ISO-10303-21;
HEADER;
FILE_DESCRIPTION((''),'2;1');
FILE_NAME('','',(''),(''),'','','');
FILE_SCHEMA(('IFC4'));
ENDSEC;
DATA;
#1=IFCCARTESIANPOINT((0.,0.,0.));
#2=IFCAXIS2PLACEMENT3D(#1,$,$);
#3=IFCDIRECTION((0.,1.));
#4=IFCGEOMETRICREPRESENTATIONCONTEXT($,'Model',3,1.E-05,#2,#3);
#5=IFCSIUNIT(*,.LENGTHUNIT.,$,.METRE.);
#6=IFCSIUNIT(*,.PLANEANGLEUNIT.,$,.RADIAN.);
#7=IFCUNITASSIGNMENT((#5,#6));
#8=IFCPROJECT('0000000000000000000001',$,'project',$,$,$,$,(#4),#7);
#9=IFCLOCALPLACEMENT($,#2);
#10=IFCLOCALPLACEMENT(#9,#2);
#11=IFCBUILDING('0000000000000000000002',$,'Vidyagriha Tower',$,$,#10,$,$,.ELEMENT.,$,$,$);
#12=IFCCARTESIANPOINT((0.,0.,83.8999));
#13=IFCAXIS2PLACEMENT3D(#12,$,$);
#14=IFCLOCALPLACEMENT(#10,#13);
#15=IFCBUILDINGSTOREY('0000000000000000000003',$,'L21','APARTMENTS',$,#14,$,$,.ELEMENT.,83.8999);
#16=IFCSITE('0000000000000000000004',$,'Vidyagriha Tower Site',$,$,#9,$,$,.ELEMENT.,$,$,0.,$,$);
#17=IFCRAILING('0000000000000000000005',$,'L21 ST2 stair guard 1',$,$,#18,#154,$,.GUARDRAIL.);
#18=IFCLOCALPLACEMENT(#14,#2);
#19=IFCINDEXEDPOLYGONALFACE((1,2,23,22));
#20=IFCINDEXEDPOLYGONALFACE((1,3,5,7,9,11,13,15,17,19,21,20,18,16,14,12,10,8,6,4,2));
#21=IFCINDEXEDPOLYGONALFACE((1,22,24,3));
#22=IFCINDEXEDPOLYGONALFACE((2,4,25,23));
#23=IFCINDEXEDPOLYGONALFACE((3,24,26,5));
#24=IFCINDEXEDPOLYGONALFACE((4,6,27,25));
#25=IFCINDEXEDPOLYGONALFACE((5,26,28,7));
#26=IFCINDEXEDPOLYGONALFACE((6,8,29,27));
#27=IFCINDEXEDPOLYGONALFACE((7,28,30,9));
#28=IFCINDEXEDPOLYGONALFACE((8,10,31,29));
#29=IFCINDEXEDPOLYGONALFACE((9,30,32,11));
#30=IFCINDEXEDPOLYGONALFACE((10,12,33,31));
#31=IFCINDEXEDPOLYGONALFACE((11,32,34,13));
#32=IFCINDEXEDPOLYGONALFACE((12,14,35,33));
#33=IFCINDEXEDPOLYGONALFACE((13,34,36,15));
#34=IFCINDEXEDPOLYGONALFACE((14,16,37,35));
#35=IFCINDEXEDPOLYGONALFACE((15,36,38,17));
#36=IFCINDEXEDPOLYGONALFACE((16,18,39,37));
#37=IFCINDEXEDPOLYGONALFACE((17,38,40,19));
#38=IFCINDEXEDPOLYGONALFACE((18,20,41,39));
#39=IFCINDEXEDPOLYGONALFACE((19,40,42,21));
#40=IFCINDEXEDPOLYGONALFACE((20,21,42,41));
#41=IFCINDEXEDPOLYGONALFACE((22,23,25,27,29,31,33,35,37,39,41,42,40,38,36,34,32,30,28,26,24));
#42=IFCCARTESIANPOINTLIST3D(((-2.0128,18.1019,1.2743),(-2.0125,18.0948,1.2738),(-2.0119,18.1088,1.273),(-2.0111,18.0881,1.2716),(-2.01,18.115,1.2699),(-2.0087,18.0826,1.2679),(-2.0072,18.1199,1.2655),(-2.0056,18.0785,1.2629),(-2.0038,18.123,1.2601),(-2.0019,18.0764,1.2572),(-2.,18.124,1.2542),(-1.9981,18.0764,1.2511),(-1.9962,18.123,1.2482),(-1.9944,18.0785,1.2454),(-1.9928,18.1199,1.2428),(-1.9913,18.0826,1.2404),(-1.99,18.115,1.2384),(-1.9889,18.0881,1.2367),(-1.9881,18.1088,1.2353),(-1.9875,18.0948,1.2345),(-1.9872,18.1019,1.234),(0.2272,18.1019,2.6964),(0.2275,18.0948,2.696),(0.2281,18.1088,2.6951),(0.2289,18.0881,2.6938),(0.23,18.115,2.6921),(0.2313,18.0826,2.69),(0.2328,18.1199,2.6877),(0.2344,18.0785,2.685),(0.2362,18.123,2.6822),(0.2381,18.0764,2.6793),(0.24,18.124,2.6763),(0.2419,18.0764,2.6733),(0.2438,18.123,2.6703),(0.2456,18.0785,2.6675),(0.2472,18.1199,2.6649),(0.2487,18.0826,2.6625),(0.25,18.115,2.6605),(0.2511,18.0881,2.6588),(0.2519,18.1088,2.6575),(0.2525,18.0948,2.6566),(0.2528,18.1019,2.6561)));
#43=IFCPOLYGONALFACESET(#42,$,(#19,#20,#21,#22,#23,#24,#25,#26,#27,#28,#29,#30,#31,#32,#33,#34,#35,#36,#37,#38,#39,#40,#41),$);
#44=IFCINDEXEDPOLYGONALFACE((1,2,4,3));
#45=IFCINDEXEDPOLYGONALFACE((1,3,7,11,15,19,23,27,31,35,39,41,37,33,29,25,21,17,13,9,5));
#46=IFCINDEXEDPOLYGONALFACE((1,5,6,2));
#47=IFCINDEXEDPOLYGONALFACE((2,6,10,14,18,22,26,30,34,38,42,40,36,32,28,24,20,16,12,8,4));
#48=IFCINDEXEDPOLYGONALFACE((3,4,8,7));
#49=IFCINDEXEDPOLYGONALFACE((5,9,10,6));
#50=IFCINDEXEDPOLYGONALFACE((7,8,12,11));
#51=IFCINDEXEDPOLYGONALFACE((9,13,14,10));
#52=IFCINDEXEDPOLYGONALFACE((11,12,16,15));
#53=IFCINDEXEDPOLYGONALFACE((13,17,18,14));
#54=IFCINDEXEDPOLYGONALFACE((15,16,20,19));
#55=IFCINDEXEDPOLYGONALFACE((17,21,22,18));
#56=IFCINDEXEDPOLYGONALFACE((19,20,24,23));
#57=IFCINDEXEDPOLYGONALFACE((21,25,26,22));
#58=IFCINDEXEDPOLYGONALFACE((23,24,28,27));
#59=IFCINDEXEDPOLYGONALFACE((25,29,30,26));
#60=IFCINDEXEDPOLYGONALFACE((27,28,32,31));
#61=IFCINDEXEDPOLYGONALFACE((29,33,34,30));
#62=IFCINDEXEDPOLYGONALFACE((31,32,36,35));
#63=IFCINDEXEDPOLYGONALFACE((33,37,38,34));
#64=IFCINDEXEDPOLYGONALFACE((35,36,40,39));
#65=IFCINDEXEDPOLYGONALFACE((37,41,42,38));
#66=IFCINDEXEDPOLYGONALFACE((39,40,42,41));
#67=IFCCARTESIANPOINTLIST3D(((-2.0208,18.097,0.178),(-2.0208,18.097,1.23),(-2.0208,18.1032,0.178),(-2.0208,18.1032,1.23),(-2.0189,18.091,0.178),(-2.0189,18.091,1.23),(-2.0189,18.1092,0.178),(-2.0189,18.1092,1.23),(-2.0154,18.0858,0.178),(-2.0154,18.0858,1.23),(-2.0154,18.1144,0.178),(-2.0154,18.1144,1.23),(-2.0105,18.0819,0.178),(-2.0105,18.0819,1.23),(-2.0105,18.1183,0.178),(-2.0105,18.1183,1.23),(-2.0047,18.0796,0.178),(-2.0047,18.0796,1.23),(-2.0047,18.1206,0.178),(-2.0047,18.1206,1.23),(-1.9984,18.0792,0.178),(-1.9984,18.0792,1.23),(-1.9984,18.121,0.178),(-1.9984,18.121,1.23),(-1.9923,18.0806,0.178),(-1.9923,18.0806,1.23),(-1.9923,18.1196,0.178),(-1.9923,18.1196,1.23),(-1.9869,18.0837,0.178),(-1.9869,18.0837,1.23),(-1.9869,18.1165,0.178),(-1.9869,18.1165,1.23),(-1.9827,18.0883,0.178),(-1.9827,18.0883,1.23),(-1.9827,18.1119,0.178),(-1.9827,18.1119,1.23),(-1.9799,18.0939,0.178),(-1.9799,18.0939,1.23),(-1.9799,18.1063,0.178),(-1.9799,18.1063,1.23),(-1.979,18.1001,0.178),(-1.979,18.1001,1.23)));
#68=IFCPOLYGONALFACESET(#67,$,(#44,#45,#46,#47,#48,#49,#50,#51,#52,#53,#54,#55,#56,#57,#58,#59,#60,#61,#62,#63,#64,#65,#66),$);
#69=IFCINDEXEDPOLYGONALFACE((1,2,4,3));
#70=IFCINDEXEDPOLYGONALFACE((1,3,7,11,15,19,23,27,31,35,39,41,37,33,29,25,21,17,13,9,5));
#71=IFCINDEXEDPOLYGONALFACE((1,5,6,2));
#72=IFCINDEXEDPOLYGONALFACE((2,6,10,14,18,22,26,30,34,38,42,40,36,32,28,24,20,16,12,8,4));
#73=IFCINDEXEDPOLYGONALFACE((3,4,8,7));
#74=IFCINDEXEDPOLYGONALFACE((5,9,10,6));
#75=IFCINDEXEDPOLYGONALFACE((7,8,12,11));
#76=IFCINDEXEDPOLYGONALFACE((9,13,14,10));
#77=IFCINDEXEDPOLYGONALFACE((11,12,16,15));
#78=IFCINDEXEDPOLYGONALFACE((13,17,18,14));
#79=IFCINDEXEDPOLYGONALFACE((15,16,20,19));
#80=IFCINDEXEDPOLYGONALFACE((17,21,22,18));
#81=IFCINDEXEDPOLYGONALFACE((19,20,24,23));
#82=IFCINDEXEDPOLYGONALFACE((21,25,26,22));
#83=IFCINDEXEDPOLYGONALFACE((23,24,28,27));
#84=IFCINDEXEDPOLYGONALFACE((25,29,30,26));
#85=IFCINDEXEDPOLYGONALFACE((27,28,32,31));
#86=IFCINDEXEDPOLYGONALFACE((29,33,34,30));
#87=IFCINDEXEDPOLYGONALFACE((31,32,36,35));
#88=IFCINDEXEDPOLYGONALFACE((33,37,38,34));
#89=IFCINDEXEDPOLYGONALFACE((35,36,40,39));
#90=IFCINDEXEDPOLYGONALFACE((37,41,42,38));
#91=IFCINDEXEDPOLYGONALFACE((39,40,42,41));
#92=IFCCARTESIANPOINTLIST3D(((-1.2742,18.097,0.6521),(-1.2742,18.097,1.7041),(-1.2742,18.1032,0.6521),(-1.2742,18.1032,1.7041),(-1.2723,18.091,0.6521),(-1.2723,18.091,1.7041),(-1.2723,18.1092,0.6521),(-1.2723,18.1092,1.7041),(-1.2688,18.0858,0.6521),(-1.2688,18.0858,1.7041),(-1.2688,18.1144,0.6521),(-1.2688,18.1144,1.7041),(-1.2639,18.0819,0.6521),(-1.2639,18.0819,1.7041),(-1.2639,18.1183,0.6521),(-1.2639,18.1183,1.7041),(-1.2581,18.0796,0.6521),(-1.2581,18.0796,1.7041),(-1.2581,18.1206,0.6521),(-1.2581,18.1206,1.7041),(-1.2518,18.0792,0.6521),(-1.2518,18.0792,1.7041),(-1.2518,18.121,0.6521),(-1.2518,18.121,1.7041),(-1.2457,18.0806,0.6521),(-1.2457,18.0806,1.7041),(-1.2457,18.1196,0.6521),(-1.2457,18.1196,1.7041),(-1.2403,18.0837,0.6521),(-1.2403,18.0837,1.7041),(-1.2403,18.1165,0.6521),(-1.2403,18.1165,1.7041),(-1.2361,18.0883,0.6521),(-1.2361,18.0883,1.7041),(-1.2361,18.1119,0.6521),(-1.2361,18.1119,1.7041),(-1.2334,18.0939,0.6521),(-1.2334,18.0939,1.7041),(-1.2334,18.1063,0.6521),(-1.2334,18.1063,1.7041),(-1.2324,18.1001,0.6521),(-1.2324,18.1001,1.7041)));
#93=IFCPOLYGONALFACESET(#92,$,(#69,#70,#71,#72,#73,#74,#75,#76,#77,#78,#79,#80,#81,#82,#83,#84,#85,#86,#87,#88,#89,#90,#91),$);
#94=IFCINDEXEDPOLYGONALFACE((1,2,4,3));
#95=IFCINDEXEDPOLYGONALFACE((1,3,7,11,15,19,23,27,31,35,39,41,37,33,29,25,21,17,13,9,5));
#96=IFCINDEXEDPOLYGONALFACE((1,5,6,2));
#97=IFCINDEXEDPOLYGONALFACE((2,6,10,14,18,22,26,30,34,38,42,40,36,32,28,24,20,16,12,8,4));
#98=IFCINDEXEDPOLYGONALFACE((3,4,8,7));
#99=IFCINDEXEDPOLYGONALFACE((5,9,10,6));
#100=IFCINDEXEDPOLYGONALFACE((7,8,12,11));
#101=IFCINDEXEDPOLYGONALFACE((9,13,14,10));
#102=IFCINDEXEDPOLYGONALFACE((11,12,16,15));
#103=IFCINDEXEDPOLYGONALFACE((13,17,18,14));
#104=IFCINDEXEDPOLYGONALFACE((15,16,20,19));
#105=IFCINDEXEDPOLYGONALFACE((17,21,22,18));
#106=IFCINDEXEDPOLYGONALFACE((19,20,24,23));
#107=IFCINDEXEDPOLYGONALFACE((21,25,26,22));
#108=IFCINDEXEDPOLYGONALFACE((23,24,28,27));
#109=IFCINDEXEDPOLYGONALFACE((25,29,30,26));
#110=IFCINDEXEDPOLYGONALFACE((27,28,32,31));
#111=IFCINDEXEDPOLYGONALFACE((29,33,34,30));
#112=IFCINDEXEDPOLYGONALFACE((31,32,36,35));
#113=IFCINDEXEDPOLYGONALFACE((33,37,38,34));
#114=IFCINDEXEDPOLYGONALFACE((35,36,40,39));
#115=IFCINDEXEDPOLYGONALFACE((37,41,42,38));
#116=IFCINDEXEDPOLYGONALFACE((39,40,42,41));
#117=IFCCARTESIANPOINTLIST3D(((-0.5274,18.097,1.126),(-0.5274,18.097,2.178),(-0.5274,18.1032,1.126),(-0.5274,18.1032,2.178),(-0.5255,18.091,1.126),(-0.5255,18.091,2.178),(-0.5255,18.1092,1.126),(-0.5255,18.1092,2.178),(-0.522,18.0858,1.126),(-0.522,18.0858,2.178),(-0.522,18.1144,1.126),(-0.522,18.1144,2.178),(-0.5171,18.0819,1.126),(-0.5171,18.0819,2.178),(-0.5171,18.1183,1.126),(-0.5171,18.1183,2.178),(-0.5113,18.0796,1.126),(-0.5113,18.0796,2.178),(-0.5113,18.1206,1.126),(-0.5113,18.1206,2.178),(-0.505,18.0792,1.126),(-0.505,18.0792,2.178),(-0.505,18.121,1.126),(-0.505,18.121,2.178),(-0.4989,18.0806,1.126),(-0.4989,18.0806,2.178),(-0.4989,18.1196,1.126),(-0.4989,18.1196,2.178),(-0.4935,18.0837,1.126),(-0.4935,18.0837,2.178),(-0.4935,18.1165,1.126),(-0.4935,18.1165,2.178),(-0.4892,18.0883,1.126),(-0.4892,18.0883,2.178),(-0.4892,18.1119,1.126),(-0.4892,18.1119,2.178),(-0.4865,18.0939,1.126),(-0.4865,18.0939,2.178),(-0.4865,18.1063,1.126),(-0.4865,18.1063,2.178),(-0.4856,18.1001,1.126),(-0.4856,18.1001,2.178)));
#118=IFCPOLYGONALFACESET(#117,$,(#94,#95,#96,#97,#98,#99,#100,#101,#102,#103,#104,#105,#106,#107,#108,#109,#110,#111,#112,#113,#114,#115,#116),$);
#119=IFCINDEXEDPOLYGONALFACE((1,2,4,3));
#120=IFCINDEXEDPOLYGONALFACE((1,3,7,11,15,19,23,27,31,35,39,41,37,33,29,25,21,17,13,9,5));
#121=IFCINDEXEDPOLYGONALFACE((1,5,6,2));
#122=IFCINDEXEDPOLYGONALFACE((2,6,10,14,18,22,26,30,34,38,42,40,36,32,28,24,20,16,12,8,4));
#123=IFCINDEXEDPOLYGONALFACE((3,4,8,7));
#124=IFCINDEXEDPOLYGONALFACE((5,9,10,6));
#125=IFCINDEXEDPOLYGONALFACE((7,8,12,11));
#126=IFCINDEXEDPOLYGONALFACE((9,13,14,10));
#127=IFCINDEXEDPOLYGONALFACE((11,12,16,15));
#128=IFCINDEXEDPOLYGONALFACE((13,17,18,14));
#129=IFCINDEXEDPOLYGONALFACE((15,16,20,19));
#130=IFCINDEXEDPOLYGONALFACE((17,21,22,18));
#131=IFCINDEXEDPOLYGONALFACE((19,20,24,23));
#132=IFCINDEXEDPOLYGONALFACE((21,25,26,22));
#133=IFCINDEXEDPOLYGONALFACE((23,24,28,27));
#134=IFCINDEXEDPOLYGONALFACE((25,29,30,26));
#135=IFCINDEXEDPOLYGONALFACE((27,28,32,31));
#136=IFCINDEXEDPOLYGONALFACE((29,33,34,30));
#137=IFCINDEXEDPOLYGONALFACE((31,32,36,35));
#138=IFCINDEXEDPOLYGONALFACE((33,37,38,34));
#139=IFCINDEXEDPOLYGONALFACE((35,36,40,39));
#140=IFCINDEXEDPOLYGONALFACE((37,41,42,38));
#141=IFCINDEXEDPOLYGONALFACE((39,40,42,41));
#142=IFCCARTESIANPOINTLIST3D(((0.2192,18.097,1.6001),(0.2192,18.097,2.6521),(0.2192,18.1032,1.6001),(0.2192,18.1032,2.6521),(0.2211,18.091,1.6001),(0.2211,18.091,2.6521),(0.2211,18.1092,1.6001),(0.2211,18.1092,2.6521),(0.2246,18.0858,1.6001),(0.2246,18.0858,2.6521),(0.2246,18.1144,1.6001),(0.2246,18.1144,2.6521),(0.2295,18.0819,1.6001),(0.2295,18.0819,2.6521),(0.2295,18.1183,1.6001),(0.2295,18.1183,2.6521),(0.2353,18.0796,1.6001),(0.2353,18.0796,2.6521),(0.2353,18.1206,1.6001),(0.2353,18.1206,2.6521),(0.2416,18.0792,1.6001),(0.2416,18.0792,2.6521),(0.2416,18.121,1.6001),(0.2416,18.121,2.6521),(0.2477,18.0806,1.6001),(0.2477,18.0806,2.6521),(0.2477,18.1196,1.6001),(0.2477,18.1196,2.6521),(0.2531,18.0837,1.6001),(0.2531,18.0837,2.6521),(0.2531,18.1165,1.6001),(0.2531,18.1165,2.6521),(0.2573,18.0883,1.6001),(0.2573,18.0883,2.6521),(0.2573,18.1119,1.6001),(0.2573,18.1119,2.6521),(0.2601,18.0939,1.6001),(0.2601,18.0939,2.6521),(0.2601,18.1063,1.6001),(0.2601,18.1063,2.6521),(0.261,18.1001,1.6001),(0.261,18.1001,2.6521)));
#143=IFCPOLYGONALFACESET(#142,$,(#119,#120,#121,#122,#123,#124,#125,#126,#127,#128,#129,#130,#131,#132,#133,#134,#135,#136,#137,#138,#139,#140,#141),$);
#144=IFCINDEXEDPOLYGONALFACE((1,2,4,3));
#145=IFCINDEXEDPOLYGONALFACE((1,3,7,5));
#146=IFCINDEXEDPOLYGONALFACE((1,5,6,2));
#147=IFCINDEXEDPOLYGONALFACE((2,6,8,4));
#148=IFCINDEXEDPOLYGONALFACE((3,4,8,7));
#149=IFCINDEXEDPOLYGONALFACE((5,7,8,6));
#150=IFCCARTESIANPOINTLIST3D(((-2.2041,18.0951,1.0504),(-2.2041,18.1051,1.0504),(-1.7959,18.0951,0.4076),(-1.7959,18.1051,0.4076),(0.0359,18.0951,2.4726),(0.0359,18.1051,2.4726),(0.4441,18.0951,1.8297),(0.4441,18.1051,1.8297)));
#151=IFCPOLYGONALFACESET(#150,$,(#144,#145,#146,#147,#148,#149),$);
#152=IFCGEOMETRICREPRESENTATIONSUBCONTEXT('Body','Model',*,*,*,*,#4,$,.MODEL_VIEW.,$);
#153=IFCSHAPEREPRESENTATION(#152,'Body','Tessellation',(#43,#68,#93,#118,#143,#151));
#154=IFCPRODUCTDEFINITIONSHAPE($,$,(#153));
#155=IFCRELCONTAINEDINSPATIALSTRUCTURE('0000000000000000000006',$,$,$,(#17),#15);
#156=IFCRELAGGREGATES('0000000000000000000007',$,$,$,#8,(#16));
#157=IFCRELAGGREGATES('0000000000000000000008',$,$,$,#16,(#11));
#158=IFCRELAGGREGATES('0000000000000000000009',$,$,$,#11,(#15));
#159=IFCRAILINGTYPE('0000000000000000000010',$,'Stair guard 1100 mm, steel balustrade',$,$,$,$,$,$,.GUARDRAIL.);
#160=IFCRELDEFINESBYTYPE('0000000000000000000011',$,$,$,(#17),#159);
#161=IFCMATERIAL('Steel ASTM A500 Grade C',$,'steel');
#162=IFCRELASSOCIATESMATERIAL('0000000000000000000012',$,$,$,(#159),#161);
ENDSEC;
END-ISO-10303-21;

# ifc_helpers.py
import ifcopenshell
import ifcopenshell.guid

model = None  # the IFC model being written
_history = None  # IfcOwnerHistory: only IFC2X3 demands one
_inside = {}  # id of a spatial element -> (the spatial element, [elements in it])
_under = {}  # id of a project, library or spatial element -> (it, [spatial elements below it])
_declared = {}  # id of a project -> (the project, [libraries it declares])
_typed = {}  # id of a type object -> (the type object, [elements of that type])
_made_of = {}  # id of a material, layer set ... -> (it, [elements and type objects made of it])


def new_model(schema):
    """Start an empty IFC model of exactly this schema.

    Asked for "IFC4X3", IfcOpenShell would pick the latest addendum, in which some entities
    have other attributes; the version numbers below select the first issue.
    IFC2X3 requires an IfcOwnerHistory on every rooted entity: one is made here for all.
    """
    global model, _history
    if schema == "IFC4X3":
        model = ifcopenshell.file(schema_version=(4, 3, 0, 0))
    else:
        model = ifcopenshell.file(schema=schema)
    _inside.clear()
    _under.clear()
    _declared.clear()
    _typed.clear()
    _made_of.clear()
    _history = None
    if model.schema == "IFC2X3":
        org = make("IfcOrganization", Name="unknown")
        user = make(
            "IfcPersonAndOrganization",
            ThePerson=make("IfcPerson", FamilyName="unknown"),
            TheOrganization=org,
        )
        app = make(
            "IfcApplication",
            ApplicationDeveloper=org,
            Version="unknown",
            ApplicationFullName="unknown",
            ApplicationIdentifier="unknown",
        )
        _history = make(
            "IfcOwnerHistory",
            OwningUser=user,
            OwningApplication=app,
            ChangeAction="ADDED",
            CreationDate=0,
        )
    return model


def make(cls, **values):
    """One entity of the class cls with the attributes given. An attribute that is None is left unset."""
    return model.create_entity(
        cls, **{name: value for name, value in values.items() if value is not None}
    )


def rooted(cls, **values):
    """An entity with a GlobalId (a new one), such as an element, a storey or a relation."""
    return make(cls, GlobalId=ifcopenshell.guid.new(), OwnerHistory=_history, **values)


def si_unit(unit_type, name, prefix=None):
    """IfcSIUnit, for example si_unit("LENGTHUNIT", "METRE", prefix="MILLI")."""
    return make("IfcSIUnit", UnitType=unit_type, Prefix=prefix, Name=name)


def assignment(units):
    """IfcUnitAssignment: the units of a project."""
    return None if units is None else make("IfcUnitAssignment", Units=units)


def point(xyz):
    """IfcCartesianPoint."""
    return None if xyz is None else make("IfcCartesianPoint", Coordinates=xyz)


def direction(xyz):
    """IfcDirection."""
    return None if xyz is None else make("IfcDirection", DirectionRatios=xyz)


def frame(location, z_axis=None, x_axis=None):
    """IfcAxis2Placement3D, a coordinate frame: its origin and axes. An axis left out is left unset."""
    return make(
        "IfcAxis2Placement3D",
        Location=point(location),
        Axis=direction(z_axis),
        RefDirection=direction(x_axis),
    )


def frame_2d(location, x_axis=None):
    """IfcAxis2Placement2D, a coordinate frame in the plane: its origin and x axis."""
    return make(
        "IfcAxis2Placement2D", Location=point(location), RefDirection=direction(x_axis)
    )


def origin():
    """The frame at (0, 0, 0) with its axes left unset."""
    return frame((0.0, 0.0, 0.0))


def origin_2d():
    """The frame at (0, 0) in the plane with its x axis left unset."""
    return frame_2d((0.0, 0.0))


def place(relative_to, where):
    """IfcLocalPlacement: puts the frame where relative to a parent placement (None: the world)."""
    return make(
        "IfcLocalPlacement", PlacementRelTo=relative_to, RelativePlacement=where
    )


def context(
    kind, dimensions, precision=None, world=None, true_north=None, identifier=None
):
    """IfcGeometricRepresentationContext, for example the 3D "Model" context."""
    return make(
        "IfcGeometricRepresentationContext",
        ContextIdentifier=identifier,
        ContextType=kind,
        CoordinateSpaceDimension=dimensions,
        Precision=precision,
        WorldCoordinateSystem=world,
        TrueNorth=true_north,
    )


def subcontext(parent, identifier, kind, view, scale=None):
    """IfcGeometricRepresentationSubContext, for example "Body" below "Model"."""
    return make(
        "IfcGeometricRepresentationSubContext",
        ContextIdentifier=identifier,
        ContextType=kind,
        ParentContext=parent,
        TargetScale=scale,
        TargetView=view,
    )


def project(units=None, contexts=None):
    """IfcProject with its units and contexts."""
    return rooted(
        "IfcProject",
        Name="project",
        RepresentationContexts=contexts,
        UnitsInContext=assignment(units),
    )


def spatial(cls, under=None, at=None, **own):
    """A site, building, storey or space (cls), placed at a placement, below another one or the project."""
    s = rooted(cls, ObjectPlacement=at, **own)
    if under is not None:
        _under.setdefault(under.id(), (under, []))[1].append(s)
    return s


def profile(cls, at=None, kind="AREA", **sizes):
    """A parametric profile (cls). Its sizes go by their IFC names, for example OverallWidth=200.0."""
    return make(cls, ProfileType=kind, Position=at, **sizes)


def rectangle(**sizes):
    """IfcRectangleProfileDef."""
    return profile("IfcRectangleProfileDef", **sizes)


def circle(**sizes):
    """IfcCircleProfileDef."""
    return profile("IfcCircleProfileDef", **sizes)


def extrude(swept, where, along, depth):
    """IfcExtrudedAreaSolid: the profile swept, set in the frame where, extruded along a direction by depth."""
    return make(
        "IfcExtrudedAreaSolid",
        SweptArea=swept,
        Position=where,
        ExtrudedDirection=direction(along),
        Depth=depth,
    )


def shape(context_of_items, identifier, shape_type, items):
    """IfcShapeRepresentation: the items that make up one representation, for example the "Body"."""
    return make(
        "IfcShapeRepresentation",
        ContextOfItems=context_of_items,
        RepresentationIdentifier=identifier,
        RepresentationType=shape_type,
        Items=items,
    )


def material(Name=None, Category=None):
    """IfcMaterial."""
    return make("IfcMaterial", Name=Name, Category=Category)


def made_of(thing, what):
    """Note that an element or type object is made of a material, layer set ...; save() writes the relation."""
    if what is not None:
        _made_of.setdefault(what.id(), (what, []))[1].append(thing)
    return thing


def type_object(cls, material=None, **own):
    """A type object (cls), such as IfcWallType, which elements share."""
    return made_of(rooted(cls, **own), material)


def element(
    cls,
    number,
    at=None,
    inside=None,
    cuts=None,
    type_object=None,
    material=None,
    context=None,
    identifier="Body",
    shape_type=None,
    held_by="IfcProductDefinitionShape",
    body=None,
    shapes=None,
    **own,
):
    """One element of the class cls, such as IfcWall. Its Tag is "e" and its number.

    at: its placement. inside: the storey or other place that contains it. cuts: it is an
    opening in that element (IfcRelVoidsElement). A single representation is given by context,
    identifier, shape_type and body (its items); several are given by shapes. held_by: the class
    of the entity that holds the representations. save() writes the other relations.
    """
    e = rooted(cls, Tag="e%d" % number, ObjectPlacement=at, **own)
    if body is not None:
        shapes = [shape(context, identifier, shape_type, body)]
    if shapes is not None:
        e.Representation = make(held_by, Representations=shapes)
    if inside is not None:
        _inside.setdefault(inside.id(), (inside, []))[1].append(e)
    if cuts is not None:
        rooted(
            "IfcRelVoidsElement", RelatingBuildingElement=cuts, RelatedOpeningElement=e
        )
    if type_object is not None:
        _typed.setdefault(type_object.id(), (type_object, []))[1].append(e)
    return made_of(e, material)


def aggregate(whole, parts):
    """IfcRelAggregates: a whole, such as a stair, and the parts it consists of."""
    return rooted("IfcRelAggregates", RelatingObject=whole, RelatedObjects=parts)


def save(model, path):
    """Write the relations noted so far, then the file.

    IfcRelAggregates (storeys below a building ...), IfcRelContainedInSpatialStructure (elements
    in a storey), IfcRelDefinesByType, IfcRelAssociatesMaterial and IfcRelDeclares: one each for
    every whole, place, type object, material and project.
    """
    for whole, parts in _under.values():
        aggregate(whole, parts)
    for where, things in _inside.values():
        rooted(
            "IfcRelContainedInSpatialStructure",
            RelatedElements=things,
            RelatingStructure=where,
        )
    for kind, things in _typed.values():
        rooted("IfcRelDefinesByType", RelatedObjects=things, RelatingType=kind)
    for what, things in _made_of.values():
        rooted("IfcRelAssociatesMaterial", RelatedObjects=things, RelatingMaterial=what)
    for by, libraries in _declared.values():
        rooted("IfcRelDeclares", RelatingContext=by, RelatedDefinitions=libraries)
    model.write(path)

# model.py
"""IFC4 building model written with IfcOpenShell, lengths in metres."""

from ifc_helpers import new_model, si_unit, direction, frame, origin, origin_2d, place, context, subcontext, project, spatial, rectangle, circle, extrude, material, type_object, element, save


model = new_model("IFC4")

# Units and contexts
model_context = context("Model", 3, precision=1e-05, world=origin(), true_north=direction((0.0, 1.0)))
body_context = subcontext(model_context, "Body", "Model", "MODEL_VIEW")
ifc_project = project(units=[si_unit("LENGTHUNIT", "METRE"), si_unit("PLANEANGLEUNIT", "RADIAN")], contexts=[model_context])

# Site, building, storey
site_placement = place(None, origin())
site = spatial("IfcSite", under=ifc_project, at=site_placement, Name="Vidyagriha Tower Site", CompositionType="ELEMENT", RefElevation=0.0)
building_placement = place(site_placement, origin())
building = spatial("IfcBuilding", under=site, at=building_placement, Name="Vidyagriha Tower", CompositionType="ELEMENT")
storey_placement = place(building_placement, frame((0.0, 0.0, 83.8999)))
storey = spatial("IfcBuildingStorey", under=building, at=storey_placement, Name="L21", Description="APARTMENTS", CompositionType="ELEMENT", Elevation=83.8999)

# Railing
ifc_material_1 = material(Name="Steel ASTM A500 Grade C", Category="steel")
railing_type_1 = type_object("IfcRailingType", Name="Stair guard 1100 mm, steel balustrade", PredefinedType="GUARDRAIL", material=ifc_material_1)
railing_1_placement = place(storey_placement, frame((-2.0, 18.1001, 0.178)))
element("IfcRailing", 1, at=railing_1_placement, inside=storey, type_object=railing_type_1, Name="L21 ST2 stair guard 1", PredefinedType="GUARDRAIL", context=body_context, shape_type="SweptSolid", body=[
    extrude(circle(Radius=0.0239, at=origin_2d()), frame((0.0, 0.0, 1.0762), z_axis=(0.844229, 0.0, 0.535982), x_axis=(0.0, 1.0, 0.0)), (0.0, 0.0, 1.0), 2.6533),
    extrude(circle(Radius=0.021, at=origin_2d()), origin(), (0.0, 0.0, 1.0), 1.052),
    extrude(circle(Radius=0.021, at=origin_2d()), frame((0.7466, 0.0, 0.4741)), (0.0, 0.0, 1.0), 1.052),
    extrude(circle(Radius=0.021, at=origin_2d()), frame((1.4934, 0.0, 0.948)), (0.0, 0.0, 1.0), 1.052),
    extrude(circle(Radius=0.021, at=origin_2d()), frame((2.24, 0.0, 1.4221)), (0.0, 0.0, 1.0), 1.052),
    extrude(rectangle(XDim=0.01, YDim=0.7615, at=origin_2d()), frame((0.0, 0.0, 0.551), z_axis=(0.844229, 0.0, 0.535982), x_axis=(0.0, 1.0, 0.0)), (0.0, 0.0, 1.0), 2.6533),
])

save(model, "model.ifc")
